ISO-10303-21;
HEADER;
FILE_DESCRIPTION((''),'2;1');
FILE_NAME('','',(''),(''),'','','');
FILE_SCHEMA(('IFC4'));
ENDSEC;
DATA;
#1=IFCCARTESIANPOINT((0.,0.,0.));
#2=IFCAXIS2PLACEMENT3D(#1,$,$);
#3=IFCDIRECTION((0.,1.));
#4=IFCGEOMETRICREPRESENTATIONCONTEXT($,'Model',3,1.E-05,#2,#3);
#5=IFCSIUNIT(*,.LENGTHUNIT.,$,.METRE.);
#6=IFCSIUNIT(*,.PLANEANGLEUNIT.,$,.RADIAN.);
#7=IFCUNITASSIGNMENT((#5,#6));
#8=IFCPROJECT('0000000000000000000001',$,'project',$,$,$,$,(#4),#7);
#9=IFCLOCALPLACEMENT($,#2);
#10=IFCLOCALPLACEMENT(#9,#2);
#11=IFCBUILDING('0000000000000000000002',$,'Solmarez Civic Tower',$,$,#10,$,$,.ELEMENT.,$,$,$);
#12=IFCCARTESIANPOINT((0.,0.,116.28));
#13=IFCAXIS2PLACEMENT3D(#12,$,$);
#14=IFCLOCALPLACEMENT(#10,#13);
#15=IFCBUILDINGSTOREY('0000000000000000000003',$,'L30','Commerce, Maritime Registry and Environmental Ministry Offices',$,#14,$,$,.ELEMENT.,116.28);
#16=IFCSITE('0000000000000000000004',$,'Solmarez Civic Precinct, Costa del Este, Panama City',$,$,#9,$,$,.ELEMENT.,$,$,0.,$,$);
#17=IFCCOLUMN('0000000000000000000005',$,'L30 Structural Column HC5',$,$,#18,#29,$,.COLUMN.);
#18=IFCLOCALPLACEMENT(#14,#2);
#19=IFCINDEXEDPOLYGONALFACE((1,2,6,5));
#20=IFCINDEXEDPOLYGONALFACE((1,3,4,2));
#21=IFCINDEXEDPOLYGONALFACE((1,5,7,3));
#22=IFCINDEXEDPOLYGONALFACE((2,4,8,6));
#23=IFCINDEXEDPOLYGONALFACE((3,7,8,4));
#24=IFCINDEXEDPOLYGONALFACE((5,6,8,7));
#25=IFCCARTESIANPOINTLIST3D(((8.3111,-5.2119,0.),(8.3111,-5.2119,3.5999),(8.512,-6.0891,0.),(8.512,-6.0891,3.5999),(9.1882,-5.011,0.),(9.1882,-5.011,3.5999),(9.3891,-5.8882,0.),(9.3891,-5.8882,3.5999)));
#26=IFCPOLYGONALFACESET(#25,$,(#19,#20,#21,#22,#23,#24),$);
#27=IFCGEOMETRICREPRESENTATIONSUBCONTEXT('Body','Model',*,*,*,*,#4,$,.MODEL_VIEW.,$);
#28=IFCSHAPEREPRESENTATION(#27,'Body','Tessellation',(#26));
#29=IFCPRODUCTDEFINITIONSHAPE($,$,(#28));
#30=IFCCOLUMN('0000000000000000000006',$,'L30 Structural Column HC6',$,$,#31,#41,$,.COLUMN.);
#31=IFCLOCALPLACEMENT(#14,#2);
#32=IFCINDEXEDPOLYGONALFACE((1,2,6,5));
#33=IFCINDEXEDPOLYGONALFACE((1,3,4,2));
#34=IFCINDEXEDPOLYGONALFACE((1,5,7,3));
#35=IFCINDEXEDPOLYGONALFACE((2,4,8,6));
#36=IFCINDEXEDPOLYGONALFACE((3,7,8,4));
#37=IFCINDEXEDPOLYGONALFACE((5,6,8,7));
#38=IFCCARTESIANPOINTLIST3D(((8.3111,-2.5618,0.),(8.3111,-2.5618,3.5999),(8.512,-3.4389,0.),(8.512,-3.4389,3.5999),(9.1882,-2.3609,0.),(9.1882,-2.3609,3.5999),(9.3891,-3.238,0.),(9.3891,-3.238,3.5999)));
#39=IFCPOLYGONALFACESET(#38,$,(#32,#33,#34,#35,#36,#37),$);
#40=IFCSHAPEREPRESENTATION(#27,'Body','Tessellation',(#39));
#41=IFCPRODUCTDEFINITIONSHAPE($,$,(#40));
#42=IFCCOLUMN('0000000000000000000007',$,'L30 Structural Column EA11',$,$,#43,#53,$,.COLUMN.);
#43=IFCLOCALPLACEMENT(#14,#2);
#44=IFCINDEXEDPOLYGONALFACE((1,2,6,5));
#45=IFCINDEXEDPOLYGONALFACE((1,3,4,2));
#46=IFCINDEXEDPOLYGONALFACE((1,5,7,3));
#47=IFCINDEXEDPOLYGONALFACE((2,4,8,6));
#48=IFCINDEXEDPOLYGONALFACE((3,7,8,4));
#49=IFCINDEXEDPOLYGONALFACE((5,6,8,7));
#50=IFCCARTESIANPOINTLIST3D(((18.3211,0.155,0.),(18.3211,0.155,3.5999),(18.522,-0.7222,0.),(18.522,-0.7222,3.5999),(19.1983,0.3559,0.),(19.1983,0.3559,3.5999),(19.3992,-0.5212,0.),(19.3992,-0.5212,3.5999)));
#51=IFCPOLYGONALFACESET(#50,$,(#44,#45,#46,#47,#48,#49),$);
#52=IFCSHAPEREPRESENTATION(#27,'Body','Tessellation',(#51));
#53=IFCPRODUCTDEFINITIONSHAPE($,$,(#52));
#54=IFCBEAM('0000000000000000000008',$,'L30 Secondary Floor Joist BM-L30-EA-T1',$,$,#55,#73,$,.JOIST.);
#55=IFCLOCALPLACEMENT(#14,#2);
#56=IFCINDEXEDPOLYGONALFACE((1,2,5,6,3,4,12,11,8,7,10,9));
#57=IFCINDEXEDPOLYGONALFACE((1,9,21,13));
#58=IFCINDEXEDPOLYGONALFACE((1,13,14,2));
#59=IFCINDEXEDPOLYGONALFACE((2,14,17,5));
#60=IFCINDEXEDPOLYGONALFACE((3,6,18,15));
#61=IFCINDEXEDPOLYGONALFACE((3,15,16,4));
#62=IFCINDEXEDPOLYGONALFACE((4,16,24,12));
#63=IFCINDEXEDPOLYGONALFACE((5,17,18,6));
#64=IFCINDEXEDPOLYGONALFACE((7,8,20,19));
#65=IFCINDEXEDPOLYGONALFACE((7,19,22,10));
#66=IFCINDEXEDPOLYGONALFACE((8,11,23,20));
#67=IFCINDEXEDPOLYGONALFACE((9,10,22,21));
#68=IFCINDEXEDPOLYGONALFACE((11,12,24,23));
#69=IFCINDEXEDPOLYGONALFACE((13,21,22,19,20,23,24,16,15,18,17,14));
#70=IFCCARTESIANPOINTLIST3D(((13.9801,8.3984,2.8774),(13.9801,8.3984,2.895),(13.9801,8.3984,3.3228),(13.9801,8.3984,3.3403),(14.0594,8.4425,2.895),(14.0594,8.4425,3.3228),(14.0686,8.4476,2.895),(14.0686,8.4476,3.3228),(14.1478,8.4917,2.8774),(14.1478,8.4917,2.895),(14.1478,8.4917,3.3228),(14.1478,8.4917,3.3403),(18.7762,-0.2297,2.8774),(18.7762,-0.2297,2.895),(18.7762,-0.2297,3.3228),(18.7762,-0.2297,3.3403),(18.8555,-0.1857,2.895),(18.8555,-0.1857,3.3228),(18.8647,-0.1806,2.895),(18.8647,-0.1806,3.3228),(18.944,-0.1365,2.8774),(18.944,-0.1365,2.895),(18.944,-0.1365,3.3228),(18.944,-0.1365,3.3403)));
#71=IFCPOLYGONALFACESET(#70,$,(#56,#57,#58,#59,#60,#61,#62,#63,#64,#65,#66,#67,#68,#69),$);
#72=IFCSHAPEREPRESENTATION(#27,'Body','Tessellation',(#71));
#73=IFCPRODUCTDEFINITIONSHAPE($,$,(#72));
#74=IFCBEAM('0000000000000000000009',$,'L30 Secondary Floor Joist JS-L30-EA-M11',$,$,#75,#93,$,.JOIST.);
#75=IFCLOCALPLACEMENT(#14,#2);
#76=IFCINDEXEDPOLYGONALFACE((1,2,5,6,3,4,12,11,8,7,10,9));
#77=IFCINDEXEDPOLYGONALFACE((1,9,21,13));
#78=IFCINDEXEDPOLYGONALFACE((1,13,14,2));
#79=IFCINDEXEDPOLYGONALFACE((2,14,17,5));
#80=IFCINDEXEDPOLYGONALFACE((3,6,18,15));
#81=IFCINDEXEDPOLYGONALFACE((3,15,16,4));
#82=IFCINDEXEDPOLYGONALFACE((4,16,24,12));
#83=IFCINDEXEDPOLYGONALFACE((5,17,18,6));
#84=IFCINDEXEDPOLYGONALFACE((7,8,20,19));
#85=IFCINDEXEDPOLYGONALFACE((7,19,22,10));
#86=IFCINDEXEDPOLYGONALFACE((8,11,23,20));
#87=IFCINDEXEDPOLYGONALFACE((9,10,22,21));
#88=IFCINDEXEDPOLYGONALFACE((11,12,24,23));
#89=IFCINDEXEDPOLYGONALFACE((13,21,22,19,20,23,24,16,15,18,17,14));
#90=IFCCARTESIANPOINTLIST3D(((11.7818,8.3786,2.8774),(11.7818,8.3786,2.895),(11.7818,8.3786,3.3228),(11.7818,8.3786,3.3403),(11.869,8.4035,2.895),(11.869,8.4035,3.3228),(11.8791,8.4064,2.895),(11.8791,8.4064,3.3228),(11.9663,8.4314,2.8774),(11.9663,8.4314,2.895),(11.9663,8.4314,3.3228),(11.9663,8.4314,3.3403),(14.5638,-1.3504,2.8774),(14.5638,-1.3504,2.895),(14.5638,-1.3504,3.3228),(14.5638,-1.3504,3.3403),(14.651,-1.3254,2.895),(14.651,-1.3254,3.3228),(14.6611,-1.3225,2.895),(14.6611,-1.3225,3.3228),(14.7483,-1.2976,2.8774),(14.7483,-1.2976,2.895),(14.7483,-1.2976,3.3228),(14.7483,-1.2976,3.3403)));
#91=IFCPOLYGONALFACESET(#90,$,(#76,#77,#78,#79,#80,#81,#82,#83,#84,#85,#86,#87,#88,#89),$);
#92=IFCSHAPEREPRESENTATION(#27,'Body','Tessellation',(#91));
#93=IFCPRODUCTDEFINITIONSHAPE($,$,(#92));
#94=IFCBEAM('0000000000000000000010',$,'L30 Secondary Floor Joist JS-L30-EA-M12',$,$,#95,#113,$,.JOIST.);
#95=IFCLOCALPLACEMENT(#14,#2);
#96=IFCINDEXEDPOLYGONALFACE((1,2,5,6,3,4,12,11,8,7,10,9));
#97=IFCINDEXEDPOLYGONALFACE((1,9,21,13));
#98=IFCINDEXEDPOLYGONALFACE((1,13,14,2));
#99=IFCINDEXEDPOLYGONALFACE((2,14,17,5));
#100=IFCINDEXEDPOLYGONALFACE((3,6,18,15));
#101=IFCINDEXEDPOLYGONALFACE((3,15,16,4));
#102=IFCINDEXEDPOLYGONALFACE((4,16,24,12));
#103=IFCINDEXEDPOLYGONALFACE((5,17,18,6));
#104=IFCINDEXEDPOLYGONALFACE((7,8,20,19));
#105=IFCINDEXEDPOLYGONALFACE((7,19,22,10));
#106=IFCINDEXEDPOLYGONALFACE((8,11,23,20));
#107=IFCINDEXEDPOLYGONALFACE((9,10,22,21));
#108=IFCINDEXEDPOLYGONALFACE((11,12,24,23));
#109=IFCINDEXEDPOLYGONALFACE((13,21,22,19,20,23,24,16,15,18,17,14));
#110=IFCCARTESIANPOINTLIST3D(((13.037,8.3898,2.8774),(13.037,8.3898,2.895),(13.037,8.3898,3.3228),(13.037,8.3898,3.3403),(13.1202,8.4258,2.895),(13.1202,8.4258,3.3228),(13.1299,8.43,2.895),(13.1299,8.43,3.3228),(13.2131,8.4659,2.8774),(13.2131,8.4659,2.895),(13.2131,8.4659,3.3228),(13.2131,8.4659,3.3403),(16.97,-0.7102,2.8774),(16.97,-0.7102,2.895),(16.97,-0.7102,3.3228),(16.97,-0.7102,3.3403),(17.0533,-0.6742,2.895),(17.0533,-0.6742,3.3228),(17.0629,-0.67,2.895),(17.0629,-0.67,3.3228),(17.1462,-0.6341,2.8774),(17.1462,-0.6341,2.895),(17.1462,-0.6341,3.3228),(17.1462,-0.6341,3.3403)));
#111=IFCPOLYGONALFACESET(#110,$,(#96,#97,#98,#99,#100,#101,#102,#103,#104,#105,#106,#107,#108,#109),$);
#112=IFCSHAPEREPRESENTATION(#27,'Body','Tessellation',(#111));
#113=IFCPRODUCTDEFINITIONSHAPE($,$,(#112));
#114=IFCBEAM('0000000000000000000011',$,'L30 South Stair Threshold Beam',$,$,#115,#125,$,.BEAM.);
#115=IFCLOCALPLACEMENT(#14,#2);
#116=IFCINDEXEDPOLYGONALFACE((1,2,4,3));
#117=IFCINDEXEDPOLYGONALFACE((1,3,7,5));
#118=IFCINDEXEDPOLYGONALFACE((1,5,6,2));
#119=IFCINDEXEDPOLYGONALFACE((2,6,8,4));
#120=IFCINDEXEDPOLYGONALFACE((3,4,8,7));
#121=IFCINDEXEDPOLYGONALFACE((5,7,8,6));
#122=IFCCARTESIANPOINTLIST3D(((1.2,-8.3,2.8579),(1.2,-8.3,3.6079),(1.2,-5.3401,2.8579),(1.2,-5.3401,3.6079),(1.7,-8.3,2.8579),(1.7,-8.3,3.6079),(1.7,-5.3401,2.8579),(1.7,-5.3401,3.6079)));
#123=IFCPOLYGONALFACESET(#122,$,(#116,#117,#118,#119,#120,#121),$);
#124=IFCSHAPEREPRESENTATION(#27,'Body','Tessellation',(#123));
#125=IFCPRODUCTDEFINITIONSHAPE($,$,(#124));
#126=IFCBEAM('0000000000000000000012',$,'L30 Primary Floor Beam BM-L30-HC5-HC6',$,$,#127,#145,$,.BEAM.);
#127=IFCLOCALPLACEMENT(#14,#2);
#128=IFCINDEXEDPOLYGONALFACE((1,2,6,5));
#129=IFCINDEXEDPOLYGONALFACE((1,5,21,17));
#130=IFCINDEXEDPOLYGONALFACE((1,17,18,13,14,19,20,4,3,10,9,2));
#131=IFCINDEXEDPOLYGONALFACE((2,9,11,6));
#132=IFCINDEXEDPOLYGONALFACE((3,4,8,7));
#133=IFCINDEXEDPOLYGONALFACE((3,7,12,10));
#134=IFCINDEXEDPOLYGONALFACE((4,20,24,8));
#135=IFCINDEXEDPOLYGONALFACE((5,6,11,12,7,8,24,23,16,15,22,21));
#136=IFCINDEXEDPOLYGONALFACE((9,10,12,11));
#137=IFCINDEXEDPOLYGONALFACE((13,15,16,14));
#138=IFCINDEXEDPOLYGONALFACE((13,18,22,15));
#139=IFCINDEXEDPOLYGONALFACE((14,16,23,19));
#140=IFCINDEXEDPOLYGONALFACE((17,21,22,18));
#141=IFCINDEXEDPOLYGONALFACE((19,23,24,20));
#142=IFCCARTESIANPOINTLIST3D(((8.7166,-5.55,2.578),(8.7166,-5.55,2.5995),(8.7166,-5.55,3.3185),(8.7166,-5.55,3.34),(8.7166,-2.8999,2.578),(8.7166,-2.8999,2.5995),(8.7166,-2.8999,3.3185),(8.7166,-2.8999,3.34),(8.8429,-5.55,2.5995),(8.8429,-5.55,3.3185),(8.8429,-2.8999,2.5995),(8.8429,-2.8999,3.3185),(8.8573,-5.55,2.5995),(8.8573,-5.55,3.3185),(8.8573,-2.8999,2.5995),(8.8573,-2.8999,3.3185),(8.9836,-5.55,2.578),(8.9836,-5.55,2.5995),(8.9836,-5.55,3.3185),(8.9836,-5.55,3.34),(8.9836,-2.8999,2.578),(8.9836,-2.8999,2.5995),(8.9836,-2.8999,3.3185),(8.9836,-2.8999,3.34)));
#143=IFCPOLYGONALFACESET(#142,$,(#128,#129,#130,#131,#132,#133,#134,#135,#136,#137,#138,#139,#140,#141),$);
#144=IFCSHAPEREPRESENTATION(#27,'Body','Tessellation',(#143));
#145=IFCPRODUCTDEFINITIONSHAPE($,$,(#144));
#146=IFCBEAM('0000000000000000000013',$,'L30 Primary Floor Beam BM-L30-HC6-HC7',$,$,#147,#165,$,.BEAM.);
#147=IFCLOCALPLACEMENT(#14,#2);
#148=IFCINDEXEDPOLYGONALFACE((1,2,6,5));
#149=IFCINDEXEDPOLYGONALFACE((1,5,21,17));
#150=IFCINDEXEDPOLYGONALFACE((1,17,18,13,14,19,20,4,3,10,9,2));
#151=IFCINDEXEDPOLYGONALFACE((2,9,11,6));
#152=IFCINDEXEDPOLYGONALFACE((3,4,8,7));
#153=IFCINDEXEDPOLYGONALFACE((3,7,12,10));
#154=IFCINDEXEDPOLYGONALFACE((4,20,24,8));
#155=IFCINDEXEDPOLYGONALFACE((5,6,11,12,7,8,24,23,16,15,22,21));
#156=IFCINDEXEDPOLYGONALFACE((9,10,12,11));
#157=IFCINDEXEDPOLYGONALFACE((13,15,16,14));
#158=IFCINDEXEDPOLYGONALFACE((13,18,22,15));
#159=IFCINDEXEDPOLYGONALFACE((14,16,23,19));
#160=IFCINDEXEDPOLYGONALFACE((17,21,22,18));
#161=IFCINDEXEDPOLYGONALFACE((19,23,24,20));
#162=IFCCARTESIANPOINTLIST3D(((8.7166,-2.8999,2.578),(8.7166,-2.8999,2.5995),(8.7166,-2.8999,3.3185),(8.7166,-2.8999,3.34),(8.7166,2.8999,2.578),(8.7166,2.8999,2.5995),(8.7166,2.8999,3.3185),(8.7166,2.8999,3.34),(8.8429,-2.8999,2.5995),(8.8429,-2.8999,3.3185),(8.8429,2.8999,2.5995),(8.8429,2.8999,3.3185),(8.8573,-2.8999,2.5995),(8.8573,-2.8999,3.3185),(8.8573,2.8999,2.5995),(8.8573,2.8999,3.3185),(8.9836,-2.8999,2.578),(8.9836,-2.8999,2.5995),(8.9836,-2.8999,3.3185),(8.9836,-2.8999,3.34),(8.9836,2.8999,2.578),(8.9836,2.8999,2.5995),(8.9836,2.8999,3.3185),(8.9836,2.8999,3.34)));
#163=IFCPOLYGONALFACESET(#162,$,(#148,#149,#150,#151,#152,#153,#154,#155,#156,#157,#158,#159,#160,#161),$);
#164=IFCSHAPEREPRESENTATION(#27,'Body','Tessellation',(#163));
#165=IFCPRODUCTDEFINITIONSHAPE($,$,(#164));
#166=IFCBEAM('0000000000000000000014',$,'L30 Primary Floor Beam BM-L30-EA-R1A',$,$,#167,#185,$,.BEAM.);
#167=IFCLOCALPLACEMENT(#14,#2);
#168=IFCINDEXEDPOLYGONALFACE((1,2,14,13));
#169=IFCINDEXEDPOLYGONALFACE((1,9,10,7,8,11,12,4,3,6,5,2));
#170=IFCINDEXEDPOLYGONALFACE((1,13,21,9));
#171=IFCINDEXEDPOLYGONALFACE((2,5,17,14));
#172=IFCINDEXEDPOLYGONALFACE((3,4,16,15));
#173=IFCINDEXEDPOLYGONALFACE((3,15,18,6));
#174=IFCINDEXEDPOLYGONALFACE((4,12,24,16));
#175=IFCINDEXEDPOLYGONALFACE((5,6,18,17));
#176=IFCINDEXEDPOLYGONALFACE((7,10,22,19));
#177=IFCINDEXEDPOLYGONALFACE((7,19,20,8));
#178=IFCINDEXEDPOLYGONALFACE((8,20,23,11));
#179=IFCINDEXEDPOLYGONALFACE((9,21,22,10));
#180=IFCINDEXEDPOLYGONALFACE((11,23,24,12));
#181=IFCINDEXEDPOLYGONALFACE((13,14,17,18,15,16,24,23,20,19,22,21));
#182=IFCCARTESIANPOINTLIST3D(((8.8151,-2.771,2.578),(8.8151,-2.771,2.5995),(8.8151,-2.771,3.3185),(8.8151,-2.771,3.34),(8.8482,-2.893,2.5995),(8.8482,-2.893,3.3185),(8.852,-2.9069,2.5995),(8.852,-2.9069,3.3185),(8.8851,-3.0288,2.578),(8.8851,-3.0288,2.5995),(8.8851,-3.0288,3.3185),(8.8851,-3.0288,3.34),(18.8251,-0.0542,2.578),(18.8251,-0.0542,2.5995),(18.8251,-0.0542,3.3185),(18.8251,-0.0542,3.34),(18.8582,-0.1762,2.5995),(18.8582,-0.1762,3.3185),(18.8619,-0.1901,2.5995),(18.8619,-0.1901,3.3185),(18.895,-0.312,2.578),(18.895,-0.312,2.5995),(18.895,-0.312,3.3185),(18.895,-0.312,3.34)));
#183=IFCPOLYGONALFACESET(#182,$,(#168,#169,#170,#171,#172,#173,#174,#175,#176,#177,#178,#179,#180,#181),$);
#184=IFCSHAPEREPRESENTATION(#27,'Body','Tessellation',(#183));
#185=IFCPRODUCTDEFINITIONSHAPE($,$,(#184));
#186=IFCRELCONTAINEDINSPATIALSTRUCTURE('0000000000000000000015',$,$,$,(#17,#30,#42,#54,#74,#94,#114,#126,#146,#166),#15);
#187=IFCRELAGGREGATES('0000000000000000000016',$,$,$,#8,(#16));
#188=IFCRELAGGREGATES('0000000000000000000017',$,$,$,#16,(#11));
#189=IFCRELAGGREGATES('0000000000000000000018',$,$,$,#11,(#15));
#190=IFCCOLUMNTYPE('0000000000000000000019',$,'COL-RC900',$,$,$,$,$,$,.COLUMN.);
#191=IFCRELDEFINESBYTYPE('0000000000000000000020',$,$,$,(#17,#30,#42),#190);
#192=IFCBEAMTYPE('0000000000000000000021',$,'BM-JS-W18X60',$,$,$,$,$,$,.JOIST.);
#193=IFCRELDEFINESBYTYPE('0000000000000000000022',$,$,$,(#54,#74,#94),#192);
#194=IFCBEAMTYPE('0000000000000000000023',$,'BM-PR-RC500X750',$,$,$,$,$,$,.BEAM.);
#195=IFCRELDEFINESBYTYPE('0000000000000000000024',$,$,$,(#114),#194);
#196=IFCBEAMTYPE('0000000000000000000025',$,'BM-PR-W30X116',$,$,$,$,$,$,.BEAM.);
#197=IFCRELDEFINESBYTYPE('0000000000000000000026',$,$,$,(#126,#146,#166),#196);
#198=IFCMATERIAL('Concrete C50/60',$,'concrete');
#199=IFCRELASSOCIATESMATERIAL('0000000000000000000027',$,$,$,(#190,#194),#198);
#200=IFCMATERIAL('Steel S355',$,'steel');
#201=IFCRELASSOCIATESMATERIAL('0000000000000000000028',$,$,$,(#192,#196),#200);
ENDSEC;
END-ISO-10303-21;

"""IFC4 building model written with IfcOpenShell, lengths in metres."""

from ifc_helpers import new_model, si_unit, direction, frame, origin, origin_2d, place, context, subcontext, project, spatial, rectangle, i_section, extrude, material, material_profile, profile_set, type_object, element, save


model = new_model("IFC4")

# Units and contexts
model_context = context("Model", 3, precision=1e-05, world=origin(), true_north=direction((0.0, 1.0)))
body_context = subcontext(model_context, "Body", "Model", "MODEL_VIEW")
ifc_project = project(units=[si_unit("LENGTHUNIT", "METRE"), si_unit("PLANEANGLEUNIT", "RADIAN")], contexts=[model_context])

# Site, building, storey
site_placement = place(None, origin())
site = spatial("IfcSite", under=ifc_project, at=site_placement, Name="Solmarez Civic Precinct, Costa del Este, Panama City", CompositionType="ELEMENT", RefElevation=0.0)
building_placement = place(site_placement, origin())
building = spatial("IfcBuilding", under=site, at=building_placement, Name="Solmarez Civic Tower", CompositionType="ELEMENT")
storey_placement = place(building_placement, frame((0.0, 0.0, 116.28)))
storey = spatial("IfcBuildingStorey", under=building, at=storey_placement, Name="L30", Description="Commerce, Maritime Registry and Environmental Ministry Offices", CompositionType="ELEMENT", Elevation=116.28)

# Columns
ifc_material_1 = material(Name="Concrete C50/60", Category="concrete")
ifc_material_profile_1 = material_profile(ifc_material_1, rectangle(XDim=0.8999, YDim=0.8999, at=origin_2d()), Name="RC900X900")
ifc_profile_set_1 = profile_set([ifc_material_profile_1], Name="Concrete C50/60")
column_type = type_object("IfcColumnType", Name="COL-RC900", PredefinedType="COLUMN", material=ifc_profile_set_1)
for number, where, z_axis, x_axis, name in (
    (1, (8.8501, -5.55, 0.0), (0.0, 0.0, 1.0), (0.974761, 0.22325, 0.0), "L30 Structural Column HC5"),
    (2, (8.8501, -2.8999, 0.0), (0.0, 0.0, 1.0), (0.974761, 0.22325, 0.0), "L30 Structural Column HC6"),
    (3, (18.8601, -0.1831, 0.0), (0.0, 0.0, 1.0), (0.974761, 0.22325, 0.0), "L30 Structural Column EA11"),
):
    element("IfcColumn", number, at=place(storey_placement, frame(where, z_axis=z_axis, x_axis=x_axis)), inside=storey, type_object=column_type, Name=name, PredefinedType="COLUMN", context=body_context, shape_type="SweptSolid", body=[
        extrude(rectangle(XDim=0.8999, YDim=0.8999, at=origin_2d()), origin(), (0.0, 0.0, 1.0), 3.5999),
    ])

# Beams
ifc_material_2 = material(Name="Steel S355", Category="steel")
ifc_material_profile_2 = material_profile(ifc_material_2, i_section(OverallWidth=0.1919, OverallDepth=0.4629, WebThickness=0.0105, FlangeThickness=0.0176, at=origin_2d()), Name="W18X60")
ifc_profile_set_2 = profile_set([ifc_material_profile_2], Name="Steel S355")
beam_type_1 = type_object("IfcBeamType", Name="BM-JS-W18X60", PredefinedType="JOIST", material=ifc_profile_set_2)
beam_1_placement = place(storey_placement, frame((18.8601, -0.1831, 3.1089), z_axis=(-0.485853, 0.874041, 0.0), x_axis=(-0.874041, -0.485853, 0.0)))
element("IfcBeam", 4, at=beam_1_placement, inside=storey, type_object=beam_type_1, Name="L30 Secondary Floor Joist BM-L30-EA-T1", PredefinedType="JOIST", context=body_context, shape_type="SweptSolid", body=[
    extrude(i_section(OverallWidth=0.1919, OverallDepth=0.4629, WebThickness=0.0105, FlangeThickness=0.0176, at=origin_2d()), origin(), (0.0, 0.0, 1.0), 9.8716),
])
beam_2_placement = place(storey_placement, frame((14.656, -1.324, 3.1089), z_axis=(-0.274928, 0.961465, 0.0), x_axis=(-0.961465, -0.274928, 0.0)))
element("IfcBeam", 5, at=beam_2_placement, inside=storey, type_object=beam_type_1, Name="L30 Secondary Floor Joist JS-L30-EA-M11", PredefinedType="JOIST", context=body_context, shape_type="SweptSolid", body=[
    extrude(i_section(OverallWidth=0.1919, OverallDepth=0.4629, WebThickness=0.0105, FlangeThickness=0.0176, at=origin_2d()), origin(), (0.0, 0.0, 1.0), 10.1189),
])
beam_3_placement = place(storey_placement, frame((17.0581, -0.6721, 3.1089), z_axis=(-0.396735, 0.917933, 0.0), x_axis=(-0.917933, -0.396735, 0.0)))
element("IfcBeam", 6, at=beam_3_placement, inside=storey, type_object=beam_type_1, Name="L30 Secondary Floor Joist JS-L30-EA-M12", PredefinedType="JOIST", context=body_context, shape_type="SweptSolid", body=[
    extrude(i_section(OverallWidth=0.1919, OverallDepth=0.4629, WebThickness=0.0105, FlangeThickness=0.0176, at=origin_2d()), origin(), (0.0, 0.0, 1.0), 9.9136),
])
ifc_material_profile_3 = material_profile(ifc_material_1, rectangle(XDim=0.5, YDim=0.75, at=origin_2d()), Name="RC500X750")
ifc_profile_set_3 = profile_set([ifc_material_profile_3], Name="Concrete C50/60")
beam_type_2 = type_object("IfcBeamType", Name="BM-PR-RC500X750", PredefinedType="BEAM", material=ifc_profile_set_3)
beam_4_placement = place(storey_placement, frame((1.45, -8.3, 3.2329), z_axis=(0.0, 1.0, 0.0), x_axis=(-1.0, 0.0, 0.0)))
element("IfcBeam", 7, at=beam_4_placement, inside=storey, type_object=beam_type_2, Name="L30 South Stair Threshold Beam", PredefinedType="BEAM", context=body_context, shape_type="SweptSolid", body=[
    extrude(rectangle(XDim=0.5, YDim=0.75, at=origin_2d()), origin(), (0.0, 0.0, 1.0), 2.96),
])
ifc_material_profile_4 = material_profile(ifc_material_2, i_section(OverallWidth=0.2671, OverallDepth=0.762, WebThickness=0.0144, FlangeThickness=0.0215, at=origin_2d()), Name="W30X116")
ifc_profile_set_4 = profile_set([ifc_material_profile_4], Name="Steel S355")
beam_type_3 = type_object("IfcBeamType", Name="BM-PR-W30X116", PredefinedType="BEAM", material=ifc_profile_set_4)
beam_5_placement = place(storey_placement, frame((8.8501, -5.55, 2.959), z_axis=(0.0, 1.0, 0.0), x_axis=(-1.0, 0.0, 0.0)))
element("IfcBeam", 8, at=beam_5_placement, inside=storey, type_object=beam_type_3, Name="L30 Primary Floor Beam BM-L30-HC5-HC6", PredefinedType="BEAM", context=body_context, shape_type="SweptSolid", body=[
    extrude(i_section(OverallWidth=0.2671, OverallDepth=0.762, WebThickness=0.0144, FlangeThickness=0.0215, at=origin_2d()), origin(), (0.0, 0.0, 1.0), 2.6501),
])
beam_6_placement = place(storey_placement, frame((8.8501, -2.8999, 2.959), z_axis=(0.0, 1.0, 0.0), x_axis=(-1.0, 0.0, 0.0)))
element("IfcBeam", 9, at=beam_6_placement, inside=storey, type_object=beam_type_3, Name="L30 Primary Floor Beam BM-L30-HC6-HC7", PredefinedType="BEAM", context=body_context, shape_type="SweptSolid", body=[
    extrude(i_section(OverallWidth=0.2671, OverallDepth=0.762, WebThickness=0.0144, FlangeThickness=0.0215, at=origin_2d()), origin(), (0.0, 0.0, 1.0), 5.7998),
])
beam_7_placement = place(storey_placement, frame((8.8501, -2.8999, 2.959), z_axis=(0.965086, 0.261932, 0.0), x_axis=(-0.261932, 0.965086, 0.0)))
element("IfcBeam", 10, at=beam_7_placement, inside=storey, type_object=beam_type_3, Name="L30 Primary Floor Beam BM-L30-EA-R1A", PredefinedType="BEAM", context=body_context, shape_type="SweptSolid", body=[
    extrude(i_section(OverallWidth=0.2671, OverallDepth=0.762, WebThickness=0.0144, FlangeThickness=0.0215, at=origin_2d()), origin(), (0.0, 0.0, 1.0), 10.3721),
])

save(model, "model.ifc")
